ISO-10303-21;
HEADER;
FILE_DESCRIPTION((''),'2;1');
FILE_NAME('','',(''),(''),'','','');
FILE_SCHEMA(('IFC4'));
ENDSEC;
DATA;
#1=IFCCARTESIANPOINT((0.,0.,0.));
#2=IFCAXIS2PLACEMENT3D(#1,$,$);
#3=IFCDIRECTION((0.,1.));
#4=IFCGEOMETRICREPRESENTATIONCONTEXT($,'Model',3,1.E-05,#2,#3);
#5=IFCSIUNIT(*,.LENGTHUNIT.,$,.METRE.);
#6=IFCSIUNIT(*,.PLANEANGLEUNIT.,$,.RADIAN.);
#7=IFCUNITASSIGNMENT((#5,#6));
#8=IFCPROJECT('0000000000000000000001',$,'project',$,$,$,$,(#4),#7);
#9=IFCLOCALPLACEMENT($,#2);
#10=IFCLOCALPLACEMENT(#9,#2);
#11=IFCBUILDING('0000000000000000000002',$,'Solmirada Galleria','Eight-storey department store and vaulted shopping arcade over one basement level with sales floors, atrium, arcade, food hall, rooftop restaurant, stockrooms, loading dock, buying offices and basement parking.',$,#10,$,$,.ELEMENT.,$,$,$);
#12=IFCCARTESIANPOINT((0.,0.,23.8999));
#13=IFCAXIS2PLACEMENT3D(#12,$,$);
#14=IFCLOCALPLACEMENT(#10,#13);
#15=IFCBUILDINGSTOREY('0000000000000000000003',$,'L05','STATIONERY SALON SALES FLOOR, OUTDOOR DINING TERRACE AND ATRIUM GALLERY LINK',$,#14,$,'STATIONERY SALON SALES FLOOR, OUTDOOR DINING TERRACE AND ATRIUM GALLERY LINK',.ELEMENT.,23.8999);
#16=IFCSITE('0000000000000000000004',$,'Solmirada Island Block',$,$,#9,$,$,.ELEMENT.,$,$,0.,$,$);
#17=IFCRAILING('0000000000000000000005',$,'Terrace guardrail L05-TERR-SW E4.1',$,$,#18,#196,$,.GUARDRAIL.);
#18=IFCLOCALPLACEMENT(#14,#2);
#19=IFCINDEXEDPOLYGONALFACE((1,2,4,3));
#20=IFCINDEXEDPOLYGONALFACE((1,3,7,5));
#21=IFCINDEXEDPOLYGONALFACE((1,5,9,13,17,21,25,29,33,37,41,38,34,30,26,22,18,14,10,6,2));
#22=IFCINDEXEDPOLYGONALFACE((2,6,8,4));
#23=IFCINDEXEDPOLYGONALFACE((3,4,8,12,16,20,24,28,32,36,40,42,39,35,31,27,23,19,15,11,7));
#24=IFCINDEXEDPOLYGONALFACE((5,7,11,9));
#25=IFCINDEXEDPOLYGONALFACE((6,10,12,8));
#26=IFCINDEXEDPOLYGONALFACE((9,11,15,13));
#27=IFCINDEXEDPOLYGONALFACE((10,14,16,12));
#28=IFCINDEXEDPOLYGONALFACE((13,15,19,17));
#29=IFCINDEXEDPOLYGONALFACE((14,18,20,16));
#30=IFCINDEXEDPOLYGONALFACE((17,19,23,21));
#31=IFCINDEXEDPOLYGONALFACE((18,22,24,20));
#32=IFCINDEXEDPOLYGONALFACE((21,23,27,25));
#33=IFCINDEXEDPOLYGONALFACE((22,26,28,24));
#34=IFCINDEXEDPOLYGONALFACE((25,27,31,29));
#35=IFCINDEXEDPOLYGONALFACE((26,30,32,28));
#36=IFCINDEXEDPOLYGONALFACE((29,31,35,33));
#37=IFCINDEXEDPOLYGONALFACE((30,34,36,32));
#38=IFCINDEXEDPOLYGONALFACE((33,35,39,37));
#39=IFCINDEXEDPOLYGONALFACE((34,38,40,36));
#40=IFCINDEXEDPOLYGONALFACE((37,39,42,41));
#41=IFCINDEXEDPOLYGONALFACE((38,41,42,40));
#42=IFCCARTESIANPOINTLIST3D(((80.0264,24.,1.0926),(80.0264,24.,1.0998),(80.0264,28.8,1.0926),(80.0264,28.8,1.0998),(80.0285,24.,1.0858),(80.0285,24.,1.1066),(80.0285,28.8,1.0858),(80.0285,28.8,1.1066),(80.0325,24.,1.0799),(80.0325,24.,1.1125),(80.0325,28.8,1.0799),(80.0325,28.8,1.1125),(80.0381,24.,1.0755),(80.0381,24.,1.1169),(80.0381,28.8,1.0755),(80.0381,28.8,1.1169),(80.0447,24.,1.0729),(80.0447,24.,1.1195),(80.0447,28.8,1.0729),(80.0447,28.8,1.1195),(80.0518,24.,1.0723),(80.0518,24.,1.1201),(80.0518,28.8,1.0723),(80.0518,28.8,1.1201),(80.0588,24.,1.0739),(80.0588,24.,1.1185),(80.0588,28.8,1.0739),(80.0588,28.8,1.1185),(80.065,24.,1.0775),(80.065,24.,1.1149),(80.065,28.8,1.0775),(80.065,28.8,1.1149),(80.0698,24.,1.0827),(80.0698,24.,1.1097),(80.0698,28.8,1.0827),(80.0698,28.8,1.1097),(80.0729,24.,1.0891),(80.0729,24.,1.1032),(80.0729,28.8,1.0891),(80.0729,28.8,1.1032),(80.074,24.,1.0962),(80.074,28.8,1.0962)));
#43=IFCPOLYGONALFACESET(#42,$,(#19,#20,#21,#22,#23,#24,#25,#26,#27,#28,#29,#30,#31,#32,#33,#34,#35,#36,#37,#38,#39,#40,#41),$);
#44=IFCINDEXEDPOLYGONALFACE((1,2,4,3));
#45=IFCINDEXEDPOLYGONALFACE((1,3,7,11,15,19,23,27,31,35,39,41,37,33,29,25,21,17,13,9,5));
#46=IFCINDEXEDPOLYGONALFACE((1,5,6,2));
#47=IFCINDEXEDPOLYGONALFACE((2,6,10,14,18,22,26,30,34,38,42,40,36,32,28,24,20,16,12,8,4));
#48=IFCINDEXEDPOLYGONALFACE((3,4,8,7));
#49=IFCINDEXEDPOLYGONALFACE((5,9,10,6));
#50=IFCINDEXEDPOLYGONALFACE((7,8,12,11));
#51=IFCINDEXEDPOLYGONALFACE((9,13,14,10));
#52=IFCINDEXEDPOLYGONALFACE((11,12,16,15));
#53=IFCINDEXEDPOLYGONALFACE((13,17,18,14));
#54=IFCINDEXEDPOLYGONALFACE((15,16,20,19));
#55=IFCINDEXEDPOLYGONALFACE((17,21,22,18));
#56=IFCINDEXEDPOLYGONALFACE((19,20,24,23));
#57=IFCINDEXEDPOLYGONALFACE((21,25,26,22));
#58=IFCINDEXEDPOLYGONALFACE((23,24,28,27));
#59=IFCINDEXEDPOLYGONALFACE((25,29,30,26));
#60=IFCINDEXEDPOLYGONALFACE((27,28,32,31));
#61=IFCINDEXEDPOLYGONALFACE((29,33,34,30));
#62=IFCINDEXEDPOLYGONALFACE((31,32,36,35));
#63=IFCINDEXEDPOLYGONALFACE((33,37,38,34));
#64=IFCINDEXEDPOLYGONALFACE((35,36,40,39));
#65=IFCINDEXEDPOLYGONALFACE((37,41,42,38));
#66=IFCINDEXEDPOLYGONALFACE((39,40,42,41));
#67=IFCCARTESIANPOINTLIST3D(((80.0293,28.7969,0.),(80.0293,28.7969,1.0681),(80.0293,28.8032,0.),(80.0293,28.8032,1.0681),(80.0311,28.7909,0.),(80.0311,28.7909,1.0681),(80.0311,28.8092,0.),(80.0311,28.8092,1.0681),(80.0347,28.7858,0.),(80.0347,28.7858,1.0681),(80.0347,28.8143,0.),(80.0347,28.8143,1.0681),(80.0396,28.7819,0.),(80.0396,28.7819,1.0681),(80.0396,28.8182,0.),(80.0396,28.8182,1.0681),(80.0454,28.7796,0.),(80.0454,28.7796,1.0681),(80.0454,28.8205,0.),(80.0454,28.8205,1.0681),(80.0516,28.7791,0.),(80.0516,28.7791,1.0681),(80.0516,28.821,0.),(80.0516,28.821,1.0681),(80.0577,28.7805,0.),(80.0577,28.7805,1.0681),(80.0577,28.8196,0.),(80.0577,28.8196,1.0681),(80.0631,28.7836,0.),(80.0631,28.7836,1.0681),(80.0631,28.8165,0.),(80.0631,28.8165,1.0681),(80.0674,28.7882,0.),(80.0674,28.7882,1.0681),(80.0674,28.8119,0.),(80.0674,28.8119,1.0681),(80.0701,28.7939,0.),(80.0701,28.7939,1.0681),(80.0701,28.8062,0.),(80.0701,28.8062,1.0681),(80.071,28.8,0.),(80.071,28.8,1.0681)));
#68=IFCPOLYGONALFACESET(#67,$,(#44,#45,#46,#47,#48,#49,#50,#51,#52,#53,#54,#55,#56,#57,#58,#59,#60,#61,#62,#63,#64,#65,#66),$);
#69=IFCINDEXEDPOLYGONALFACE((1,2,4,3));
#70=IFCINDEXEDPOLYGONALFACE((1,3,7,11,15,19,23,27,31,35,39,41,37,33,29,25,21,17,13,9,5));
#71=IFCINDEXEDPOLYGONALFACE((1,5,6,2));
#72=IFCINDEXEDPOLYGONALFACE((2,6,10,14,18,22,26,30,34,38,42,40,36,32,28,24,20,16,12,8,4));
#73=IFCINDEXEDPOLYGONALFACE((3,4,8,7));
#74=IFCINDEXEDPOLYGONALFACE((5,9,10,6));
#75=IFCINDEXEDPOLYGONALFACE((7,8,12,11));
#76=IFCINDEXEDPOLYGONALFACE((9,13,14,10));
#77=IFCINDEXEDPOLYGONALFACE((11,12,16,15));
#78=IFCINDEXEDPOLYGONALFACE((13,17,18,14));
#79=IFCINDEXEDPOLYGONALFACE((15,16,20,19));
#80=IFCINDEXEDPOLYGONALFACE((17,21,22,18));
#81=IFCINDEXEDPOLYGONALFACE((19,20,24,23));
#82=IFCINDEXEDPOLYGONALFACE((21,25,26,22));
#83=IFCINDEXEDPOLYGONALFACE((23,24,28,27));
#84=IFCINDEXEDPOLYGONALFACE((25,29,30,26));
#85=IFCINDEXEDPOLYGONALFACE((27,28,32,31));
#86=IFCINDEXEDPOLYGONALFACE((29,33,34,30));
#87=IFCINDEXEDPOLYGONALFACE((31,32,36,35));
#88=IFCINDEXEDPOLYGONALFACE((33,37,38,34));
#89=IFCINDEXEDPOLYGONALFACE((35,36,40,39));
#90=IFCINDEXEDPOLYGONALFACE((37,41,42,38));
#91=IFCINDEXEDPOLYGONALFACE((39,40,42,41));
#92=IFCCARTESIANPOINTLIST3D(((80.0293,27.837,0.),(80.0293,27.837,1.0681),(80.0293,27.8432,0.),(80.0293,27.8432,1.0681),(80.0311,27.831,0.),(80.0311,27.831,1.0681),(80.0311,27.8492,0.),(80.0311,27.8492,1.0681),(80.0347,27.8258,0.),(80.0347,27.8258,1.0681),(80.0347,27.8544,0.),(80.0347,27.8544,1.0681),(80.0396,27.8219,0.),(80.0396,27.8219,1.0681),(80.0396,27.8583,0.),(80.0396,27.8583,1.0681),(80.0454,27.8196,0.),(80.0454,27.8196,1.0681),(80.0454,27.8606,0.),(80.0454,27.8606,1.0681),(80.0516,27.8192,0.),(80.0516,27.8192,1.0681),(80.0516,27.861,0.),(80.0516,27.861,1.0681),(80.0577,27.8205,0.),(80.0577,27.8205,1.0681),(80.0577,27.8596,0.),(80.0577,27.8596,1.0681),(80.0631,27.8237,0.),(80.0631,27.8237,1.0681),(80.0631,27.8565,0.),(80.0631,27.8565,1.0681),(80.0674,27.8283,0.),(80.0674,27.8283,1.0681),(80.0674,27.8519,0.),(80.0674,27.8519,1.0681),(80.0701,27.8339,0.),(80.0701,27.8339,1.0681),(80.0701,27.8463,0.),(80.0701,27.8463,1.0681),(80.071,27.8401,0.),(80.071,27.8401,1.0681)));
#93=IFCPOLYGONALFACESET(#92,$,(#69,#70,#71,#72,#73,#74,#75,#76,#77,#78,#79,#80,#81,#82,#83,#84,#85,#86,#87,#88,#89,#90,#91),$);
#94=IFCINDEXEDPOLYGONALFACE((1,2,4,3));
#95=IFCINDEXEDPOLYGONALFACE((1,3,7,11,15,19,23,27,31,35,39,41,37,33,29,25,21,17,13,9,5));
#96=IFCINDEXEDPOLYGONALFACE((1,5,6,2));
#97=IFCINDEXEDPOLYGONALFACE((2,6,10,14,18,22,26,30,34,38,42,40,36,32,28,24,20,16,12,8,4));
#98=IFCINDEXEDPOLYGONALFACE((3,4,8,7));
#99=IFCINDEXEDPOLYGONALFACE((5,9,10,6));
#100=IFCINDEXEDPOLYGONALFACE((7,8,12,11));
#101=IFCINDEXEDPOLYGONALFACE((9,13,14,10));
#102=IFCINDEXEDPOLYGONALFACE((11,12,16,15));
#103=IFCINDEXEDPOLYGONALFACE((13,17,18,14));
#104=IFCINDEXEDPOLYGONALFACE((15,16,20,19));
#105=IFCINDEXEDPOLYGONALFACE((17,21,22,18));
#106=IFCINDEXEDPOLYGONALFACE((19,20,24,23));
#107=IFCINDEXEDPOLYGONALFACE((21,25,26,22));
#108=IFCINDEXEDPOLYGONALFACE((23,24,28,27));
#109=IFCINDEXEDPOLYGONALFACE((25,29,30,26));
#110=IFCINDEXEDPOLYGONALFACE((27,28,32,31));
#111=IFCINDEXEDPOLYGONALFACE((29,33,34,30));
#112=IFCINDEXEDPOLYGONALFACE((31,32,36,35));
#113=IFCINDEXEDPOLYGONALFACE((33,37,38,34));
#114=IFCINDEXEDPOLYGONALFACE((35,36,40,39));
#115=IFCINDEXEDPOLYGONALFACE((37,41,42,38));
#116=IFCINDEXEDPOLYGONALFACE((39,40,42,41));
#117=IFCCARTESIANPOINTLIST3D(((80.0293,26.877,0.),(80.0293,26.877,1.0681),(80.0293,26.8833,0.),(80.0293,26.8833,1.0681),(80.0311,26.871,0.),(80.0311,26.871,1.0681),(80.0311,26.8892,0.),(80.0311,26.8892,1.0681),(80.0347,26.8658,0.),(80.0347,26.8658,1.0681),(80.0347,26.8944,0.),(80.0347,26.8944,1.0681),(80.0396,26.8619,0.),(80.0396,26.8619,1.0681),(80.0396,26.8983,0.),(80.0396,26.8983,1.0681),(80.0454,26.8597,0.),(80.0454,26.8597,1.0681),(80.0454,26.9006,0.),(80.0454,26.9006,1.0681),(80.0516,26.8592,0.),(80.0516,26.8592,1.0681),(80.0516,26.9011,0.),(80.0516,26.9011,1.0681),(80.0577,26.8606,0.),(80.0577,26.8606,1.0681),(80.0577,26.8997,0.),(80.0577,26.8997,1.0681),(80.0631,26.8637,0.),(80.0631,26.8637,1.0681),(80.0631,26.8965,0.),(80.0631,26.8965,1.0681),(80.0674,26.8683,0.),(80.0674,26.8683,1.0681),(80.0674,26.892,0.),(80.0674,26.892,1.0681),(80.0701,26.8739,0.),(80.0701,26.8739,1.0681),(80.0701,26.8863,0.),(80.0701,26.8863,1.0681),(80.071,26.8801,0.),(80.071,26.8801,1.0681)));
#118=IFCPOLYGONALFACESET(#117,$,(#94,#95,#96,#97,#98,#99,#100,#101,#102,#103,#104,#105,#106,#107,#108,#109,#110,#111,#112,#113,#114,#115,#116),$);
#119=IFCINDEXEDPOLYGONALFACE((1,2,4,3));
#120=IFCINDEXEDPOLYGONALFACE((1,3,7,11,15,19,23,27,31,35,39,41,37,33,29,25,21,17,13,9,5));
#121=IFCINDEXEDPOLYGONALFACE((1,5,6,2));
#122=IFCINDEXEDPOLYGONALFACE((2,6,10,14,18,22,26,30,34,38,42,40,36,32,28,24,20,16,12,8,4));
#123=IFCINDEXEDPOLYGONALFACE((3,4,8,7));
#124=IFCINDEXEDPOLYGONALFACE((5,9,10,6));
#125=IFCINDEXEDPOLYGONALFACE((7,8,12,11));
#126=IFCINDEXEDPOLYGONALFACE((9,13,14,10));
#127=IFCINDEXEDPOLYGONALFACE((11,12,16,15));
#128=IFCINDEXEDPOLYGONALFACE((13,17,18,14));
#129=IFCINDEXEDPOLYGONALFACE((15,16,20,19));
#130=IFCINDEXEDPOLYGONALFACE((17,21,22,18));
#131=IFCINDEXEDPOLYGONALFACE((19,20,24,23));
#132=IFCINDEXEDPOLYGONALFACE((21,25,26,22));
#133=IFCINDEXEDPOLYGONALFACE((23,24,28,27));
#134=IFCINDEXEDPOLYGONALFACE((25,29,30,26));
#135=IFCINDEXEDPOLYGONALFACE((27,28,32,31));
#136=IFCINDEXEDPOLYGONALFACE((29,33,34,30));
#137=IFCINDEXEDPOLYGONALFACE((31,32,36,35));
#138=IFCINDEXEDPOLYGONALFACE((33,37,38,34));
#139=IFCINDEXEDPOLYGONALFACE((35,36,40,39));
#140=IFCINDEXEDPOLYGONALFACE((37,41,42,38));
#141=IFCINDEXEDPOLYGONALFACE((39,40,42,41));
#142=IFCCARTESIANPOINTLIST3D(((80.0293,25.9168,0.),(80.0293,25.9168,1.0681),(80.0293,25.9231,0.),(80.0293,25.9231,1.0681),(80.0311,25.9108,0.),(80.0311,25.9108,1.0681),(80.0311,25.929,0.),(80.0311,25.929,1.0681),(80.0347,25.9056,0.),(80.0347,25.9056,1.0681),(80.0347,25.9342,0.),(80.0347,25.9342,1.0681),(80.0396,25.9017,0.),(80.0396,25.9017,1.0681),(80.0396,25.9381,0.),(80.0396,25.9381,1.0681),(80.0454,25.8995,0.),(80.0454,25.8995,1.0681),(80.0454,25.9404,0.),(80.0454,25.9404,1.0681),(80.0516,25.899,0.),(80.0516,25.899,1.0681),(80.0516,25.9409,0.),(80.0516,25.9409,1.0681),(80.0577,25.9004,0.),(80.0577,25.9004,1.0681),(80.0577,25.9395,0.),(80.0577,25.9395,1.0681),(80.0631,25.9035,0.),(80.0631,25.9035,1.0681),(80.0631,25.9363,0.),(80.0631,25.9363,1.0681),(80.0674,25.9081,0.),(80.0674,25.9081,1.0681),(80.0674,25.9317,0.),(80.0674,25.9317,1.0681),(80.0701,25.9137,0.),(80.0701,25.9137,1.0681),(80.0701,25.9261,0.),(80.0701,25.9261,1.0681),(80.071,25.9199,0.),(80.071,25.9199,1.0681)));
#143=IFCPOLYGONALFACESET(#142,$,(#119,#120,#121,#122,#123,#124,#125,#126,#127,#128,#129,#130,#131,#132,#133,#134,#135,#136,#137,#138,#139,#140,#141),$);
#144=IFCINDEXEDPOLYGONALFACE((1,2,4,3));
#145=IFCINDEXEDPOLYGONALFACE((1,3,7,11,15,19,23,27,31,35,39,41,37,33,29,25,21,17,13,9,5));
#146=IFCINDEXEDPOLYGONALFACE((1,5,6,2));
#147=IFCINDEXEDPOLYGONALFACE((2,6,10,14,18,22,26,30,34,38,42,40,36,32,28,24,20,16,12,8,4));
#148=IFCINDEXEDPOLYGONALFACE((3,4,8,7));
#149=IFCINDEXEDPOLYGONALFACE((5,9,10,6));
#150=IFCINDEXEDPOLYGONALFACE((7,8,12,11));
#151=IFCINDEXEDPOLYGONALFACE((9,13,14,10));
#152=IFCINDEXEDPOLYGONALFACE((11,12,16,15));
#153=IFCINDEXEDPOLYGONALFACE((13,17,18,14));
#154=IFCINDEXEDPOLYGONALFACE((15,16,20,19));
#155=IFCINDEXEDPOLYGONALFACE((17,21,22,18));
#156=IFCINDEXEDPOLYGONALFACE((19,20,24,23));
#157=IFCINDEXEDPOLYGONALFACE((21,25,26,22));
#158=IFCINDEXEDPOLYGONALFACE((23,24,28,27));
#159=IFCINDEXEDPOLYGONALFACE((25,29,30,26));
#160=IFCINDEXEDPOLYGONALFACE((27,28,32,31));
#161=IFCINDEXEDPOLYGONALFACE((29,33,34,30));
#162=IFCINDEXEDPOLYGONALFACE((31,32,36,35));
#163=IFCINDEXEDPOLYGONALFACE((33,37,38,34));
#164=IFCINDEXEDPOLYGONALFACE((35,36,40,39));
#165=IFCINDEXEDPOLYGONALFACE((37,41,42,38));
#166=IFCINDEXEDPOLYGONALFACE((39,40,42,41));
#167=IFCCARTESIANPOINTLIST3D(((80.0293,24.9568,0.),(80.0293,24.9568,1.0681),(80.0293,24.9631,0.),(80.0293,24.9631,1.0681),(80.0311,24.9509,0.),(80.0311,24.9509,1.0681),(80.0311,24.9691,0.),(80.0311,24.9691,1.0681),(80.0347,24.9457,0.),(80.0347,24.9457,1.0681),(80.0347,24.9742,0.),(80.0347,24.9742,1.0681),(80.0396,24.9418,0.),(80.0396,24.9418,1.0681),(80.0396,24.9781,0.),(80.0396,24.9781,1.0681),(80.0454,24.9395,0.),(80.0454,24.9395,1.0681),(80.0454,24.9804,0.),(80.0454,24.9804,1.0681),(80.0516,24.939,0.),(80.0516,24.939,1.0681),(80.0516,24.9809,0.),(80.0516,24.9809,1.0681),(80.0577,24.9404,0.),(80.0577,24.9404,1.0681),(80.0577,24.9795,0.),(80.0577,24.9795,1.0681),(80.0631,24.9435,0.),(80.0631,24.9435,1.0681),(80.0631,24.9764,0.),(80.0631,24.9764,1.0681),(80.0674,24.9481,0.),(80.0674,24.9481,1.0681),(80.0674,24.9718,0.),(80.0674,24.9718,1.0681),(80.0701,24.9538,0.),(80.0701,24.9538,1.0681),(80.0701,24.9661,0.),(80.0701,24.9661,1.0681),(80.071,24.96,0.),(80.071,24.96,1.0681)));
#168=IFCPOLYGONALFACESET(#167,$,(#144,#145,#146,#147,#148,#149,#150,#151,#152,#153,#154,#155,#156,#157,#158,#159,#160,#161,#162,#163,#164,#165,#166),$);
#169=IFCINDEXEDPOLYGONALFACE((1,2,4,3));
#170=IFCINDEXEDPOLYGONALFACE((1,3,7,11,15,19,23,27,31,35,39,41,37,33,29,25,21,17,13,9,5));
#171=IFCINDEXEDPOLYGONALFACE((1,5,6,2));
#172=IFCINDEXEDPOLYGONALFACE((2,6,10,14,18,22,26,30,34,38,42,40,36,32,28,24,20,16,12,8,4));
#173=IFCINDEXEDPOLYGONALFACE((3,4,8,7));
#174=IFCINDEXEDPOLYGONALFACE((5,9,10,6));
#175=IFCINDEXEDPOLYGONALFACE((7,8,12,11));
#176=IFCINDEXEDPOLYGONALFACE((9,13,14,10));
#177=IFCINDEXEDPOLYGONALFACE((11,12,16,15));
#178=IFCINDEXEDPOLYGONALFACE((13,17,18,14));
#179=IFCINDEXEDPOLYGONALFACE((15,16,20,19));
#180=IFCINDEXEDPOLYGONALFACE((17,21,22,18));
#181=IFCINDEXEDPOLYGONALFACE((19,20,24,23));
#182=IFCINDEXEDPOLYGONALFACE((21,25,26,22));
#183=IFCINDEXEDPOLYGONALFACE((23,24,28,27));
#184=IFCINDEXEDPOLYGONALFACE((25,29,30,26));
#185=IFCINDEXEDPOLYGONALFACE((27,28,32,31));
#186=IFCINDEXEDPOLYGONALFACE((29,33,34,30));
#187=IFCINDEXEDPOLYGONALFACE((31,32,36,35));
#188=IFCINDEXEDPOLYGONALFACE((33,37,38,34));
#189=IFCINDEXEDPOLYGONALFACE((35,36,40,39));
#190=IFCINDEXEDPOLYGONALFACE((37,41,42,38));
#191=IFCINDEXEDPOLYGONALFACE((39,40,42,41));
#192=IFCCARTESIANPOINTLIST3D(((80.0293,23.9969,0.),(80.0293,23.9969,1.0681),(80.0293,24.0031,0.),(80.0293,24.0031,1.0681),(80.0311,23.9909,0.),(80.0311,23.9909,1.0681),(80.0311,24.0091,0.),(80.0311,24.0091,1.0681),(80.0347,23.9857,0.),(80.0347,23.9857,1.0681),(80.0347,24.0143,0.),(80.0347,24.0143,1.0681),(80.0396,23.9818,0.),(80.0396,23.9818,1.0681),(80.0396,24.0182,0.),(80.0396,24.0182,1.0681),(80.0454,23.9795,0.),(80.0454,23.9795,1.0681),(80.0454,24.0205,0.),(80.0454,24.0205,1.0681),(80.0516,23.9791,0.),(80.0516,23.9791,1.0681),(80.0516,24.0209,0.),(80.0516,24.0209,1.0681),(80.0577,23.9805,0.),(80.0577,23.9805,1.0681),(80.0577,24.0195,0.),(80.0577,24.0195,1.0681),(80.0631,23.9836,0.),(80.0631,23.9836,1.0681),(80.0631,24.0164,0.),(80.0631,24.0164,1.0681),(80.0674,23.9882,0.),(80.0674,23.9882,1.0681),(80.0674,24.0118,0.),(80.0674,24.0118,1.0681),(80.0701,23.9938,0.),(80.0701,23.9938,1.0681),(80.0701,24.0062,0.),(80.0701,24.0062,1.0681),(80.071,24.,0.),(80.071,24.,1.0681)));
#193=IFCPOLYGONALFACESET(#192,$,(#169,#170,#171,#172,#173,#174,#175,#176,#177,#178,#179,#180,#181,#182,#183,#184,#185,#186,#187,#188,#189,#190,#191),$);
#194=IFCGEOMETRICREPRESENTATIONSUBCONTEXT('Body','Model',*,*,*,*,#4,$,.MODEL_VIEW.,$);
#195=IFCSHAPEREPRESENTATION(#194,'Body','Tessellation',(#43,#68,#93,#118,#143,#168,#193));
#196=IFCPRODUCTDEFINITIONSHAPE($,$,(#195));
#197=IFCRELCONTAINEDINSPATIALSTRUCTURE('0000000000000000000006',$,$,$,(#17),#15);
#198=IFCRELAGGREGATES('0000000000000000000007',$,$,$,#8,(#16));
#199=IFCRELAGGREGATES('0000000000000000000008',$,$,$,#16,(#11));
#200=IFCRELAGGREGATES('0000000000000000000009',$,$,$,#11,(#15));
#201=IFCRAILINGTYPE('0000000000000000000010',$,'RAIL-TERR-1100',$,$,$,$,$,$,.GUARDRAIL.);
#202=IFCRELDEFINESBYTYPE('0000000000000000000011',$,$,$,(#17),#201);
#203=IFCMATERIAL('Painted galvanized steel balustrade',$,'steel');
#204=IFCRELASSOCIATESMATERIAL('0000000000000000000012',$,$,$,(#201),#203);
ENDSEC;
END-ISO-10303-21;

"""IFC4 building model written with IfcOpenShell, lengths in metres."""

from ifc_helpers import new_model, si_unit, direction, frame, origin, origin_2d, place, context, subcontext, project, spatial, circle, extrude, material, type_object, element, save


model = new_model("IFC4")

# Units and contexts
model_context = context("Model", 3, precision=1e-05, world=origin(), true_north=direction((0.0, 1.0)))
body_context = subcontext(model_context, "Body", "Model", "MODEL_VIEW")
ifc_project = project(units=[si_unit("LENGTHUNIT", "METRE"), si_unit("PLANEANGLEUNIT", "RADIAN")], contexts=[model_context])

# Site, building, storey
site_placement = place(None, origin())
site = spatial("IfcSite", under=ifc_project, at=site_placement, Name="Solmirada Island Block", CompositionType="ELEMENT", RefElevation=0.0)
building_placement = place(site_placement, origin())
building = spatial("IfcBuilding", under=site, at=building_placement, Name="Solmirada Galleria", Description="Eight-storey department store and vaulted shopping arcade over one basement level with sales floors, atrium, arcade, food hall, rooftop restaurant, stockrooms, loading dock, buying offices and basement parking.", CompositionType="ELEMENT")
storey_placement = place(building_placement, frame((0.0, 0.0, 23.8999)))
storey = spatial("IfcBuildingStorey", under=building, at=storey_placement, Name="L05", Description="STATIONERY SALON SALES FLOOR, OUTDOOR DINING TERRACE AND ATRIUM GALLERY LINK", LongName="STATIONERY SALON SALES FLOOR, OUTDOOR DINING TERRACE AND ATRIUM GALLERY LINK", CompositionType="ELEMENT", Elevation=23.8999)

# Railing
ifc_material_1 = material(Name="Painted galvanized steel balustrade", Category="steel")
railing_type = type_object("IfcRailingType", Name="RAIL-TERR-1100", PredefinedType="GUARDRAIL", material=ifc_material_1)
railing_placement = place(storey_placement, frame((80.05, 28.8, 0.0)))
element("IfcRailing", 1, at=railing_placement, inside=storey, type_object=railing_type, Name="Terrace guardrail L05-TERR-SW E4.1", PredefinedType="GUARDRAIL", context=body_context, shape_type="SweptSolid", body=[
    extrude(circle(Radius=0.0239, at=origin_2d()), frame((0.0, 0.0, 1.0962), z_axis=(0.0, -1.0, 0.0), x_axis=(1.0, 0.0, 0.0)), (0.0, 0.0, 1.0), 4.8),
    extrude(circle(Radius=0.021, at=origin_2d()), origin(), (0.0, 0.0, 1.0), 1.0681),
    extrude(circle(Radius=0.021, at=origin_2d()), frame((0.0, -0.96, 0.0)), (0.0, 0.0, 1.0), 1.0681),
    extrude(circle(Radius=0.021, at=origin_2d()), frame((0.0, -1.9199, 0.0)), (0.0, 0.0, 1.0), 1.0681),
    extrude(circle(Radius=0.021, at=origin_2d()), frame((0.0, -2.8801, 0.0)), (0.0, 0.0, 1.0), 1.0681),
    extrude(circle(Radius=0.021, at=origin_2d()), frame((0.0, -3.8401, 0.0)), (0.0, 0.0, 1.0), 1.0681),
    extrude(circle(Radius=0.021, at=origin_2d()), frame((0.0, -4.8, 0.0)), (0.0, 0.0, 1.0), 1.0681),
])

save(model, "model.ifc")
